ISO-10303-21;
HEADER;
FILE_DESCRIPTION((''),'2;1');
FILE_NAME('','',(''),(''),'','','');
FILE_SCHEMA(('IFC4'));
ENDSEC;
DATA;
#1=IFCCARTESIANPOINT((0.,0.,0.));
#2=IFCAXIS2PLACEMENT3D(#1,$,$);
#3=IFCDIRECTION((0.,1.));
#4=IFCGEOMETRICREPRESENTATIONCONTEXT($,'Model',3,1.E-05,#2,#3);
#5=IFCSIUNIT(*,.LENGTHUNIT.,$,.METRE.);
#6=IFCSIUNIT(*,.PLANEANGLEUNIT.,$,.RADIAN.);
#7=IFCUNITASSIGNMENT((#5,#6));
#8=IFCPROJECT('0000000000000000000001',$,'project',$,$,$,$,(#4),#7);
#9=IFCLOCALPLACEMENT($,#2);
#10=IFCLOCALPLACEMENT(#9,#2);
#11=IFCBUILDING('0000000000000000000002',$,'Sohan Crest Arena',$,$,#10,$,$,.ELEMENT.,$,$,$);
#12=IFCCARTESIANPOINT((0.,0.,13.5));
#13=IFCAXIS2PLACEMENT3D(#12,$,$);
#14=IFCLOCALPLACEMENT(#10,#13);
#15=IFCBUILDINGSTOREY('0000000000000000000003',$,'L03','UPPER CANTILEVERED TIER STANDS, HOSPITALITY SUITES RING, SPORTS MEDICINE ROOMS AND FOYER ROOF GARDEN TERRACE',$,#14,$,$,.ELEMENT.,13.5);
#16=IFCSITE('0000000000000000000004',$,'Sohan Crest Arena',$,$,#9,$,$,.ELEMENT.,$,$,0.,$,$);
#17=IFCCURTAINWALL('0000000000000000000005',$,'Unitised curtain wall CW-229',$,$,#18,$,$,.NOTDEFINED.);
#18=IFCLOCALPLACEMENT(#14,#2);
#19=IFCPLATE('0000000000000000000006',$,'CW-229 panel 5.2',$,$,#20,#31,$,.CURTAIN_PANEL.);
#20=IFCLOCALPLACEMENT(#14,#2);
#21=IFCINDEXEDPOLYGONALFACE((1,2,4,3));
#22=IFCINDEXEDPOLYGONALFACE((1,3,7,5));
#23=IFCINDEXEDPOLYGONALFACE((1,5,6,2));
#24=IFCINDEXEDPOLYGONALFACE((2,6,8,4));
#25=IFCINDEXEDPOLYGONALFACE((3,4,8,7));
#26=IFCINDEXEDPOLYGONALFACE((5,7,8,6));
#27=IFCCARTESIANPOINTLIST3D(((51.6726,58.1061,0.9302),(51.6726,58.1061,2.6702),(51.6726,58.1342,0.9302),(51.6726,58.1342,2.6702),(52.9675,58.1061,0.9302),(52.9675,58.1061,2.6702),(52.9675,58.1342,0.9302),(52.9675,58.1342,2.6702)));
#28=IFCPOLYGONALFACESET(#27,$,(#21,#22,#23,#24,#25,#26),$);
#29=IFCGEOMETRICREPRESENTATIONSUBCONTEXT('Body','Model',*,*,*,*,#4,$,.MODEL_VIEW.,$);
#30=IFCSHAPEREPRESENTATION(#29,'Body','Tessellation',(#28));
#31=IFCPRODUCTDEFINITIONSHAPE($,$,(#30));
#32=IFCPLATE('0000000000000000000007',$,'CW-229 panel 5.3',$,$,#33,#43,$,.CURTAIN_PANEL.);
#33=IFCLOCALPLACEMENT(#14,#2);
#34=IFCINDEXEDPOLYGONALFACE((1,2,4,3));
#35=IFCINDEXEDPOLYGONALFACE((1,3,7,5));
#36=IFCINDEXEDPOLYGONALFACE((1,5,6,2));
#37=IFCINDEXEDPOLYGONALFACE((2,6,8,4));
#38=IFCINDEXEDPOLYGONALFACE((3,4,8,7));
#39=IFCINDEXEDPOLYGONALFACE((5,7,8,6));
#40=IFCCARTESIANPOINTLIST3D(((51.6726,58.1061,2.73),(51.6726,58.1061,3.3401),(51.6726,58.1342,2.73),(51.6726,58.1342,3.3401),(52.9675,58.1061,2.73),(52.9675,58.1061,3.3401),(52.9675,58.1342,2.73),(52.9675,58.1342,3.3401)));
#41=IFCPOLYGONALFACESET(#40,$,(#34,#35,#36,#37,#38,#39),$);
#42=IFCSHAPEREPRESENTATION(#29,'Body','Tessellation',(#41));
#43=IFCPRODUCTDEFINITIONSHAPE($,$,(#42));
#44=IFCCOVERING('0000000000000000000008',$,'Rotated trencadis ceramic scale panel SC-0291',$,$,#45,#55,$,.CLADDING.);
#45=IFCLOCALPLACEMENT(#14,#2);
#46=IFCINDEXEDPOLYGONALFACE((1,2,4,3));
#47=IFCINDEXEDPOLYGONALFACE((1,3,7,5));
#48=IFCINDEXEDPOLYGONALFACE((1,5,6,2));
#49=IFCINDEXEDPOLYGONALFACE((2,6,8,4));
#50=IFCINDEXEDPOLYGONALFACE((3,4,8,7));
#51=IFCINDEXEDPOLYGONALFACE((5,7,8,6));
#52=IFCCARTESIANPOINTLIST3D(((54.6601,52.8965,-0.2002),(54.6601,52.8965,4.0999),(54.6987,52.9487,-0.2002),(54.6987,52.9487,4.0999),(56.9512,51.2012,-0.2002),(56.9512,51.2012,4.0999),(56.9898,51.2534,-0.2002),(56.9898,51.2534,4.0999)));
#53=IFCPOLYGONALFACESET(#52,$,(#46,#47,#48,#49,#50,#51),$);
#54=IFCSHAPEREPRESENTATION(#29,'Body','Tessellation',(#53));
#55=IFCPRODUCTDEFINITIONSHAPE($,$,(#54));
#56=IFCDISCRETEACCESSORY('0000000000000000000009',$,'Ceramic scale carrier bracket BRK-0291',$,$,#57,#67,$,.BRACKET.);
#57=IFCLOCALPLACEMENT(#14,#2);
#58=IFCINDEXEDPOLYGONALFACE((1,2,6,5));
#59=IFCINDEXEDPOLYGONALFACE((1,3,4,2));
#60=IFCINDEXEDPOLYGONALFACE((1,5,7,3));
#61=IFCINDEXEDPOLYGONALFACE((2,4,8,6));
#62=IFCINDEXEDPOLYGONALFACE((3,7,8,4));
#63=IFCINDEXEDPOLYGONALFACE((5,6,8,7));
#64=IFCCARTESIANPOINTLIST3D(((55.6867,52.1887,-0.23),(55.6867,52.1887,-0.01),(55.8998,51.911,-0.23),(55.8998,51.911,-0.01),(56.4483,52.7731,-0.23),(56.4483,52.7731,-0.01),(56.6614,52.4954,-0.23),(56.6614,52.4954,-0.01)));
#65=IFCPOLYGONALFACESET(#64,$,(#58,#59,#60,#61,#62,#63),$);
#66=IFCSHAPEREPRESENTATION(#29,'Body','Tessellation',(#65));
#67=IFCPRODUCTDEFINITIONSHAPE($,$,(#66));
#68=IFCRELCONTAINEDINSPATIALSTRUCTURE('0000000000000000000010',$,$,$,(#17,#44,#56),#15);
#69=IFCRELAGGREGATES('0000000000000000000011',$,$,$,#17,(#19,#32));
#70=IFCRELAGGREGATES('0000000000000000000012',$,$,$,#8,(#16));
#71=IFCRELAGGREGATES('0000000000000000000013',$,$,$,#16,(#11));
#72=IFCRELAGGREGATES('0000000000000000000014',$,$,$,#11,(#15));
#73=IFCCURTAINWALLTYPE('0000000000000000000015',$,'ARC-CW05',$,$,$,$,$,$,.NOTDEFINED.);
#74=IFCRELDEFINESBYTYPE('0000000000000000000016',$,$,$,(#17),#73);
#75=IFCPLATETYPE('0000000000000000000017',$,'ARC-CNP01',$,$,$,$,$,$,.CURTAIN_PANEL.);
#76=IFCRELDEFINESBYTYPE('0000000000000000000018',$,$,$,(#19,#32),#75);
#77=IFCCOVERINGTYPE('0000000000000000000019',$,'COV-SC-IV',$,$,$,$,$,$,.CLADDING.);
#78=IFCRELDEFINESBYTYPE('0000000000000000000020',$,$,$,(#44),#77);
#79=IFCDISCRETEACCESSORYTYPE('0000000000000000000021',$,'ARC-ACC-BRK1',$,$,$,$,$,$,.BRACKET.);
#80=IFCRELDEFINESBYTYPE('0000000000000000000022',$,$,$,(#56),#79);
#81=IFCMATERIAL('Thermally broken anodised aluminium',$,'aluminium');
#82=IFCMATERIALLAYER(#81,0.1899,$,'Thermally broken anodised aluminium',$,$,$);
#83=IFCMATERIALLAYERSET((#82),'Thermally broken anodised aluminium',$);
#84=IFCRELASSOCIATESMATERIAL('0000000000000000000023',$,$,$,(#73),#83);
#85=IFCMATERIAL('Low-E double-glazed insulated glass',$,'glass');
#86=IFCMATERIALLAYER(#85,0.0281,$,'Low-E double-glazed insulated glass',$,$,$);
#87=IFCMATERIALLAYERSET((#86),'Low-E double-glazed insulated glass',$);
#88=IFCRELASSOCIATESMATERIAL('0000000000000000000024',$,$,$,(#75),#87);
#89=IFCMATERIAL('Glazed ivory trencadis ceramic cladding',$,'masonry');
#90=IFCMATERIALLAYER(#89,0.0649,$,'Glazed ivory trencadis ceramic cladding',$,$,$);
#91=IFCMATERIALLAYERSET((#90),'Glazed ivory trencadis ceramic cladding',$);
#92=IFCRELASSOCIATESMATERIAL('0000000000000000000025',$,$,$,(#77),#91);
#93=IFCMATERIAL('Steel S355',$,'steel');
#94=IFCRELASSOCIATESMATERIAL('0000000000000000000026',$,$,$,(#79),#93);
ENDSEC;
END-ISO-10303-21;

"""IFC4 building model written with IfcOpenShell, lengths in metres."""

from ifc_helpers import new_model, si_unit, direction, frame, origin, origin_2d, place, context, subcontext, project, spatial, rectangle, extrude, material, layer, layer_set, type_object, element, aggregate, save


model = new_model("IFC4")

# Units and contexts
model_context = context("Model", 3, precision=1e-05, world=origin(), true_north=direction((0.0, 1.0)))
body_context = subcontext(model_context, "Body", "Model", "MODEL_VIEW")
ifc_project = project(units=[si_unit("LENGTHUNIT", "METRE"), si_unit("PLANEANGLEUNIT", "RADIAN")], contexts=[model_context])

# Site, building, storey
site_placement = place(None, origin())
site = spatial("IfcSite", under=ifc_project, at=site_placement, Name="Sohan Crest Arena", CompositionType="ELEMENT", RefElevation=0.0)
building_placement = place(site_placement, origin())
building = spatial("IfcBuilding", under=site, at=building_placement, Name="Sohan Crest Arena", CompositionType="ELEMENT")
storey_placement = place(building_placement, frame((0.0, 0.0, 13.5)))
storey = spatial("IfcBuildingStorey", under=building, at=storey_placement, Name="L03", Description="UPPER CANTILEVERED TIER STANDS, HOSPITALITY SUITES RING, SPORTS MEDICINE ROOMS AND FOYER ROOF GARDEN TERRACE", CompositionType="ELEMENT", Elevation=13.5)

# Shared definitions
ifc_material_1 = material(Name="Thermally broken anodised aluminium", Category="aluminium")

# Curtain wall
ifc_layer_1 = layer(ifc_material_1, 0.1899, Name="Thermally broken anodised aluminium")
ifc_layer_set_1 = layer_set([ifc_layer_1], Name="Thermally broken anodised aluminium")
curtain_wall_type_1 = type_object("IfcCurtainWallType", Name="ARC-CW05", PredefinedType="NOTDEFINED", material=ifc_layer_set_1)
curtain_wall_1_placement = place(storey_placement, origin())
curtain_wall_1 = element("IfcCurtainWall", 1, at=curtain_wall_1_placement, inside=storey, type_object=curtain_wall_type_1, Name="Unitised curtain wall CW-229", PredefinedType="NOTDEFINED")

# Plates
ifc_material_2 = material(Name="Low-E double-glazed insulated glass", Category="glass")
ifc_layer_2 = layer(ifc_material_2, 0.0281, Name="Low-E double-glazed insulated glass")
ifc_layer_set_2 = layer_set([ifc_layer_2], Name="Low-E double-glazed insulated glass")
plate_type = type_object("IfcPlateType", Name="ARC-CNP01", PredefinedType="CURTAIN_PANEL", material=ifc_layer_set_2)
plate_1_placement = place(storey_placement, frame((52.3201, 58.1201, 0.9302), z_axis=(0.0, 0.0, 1.0), x_axis=(1.0, 0.0, 0.0)))
plate_1 = element("IfcPlate", 2, at=plate_1_placement, type_object=plate_type, Name="CW-229 panel 5.2", PredefinedType="CURTAIN_PANEL", context=body_context, shape_type="SweptSolid", body=[
    extrude(rectangle(XDim=1.2949, YDim=0.0281, at=origin_2d()), origin(), (0.0, 0.0, 1.0), 1.74),
])
plate_2_placement = place(storey_placement, frame((52.3201, 58.1201, 2.73), z_axis=(0.0, 0.0, 1.0), x_axis=(1.0, 0.0, 0.0)))
plate_2 = element("IfcPlate", 3, at=plate_2_placement, type_object=plate_type, Name="CW-229 panel 5.3", PredefinedType="CURTAIN_PANEL", context=body_context, shape_type="SweptSolid", body=[
    extrude(rectangle(XDim=1.2949, YDim=0.0281, at=origin_2d()), origin(), (0.0, 0.0, 1.0), 0.6101),
])
aggregate(curtain_wall_1, [plate_1, plate_2])

# Covering
ifc_material_3 = material(Name="Glazed ivory trencadis ceramic cladding", Category="masonry")
ifc_layer_3 = layer(ifc_material_3, 0.0649, Name="Glazed ivory trencadis ceramic cladding")
ifc_layer_set_3 = layer_set([ifc_layer_3], Name="Glazed ivory trencadis ceramic cladding")
covering_type = type_object("IfcCoveringType", Name="COV-SC-IV", PredefinedType="CLADDING", material=ifc_layer_set_3)
covering_placement = place(storey_placement, frame((55.825, 52.075, -0.2002), z_axis=(0.0, 0.0, 1.0), x_axis=(0.803857, -0.594823, 0.0)))
element("IfcCovering", 4, at=covering_placement, inside=storey, type_object=covering_type, Name="Rotated trencadis ceramic scale panel SC-0291", PredefinedType="CLADDING", context=body_context, shape_type="SweptSolid", body=[
    extrude(rectangle(XDim=2.8501, YDim=0.0649, at=origin_2d()), origin(), (0.0, 0.0, 1.0), 4.3),
])

# Discrete accessory
ifc_material_4 = material(Name="Steel S355", Category="steel")
discrete_accessory_type = type_object("IfcDiscreteAccessoryType", Name="ARC-ACC-BRK1", PredefinedType="BRACKET", material=ifc_material_4)
discrete_accessory_placement = place(storey_placement, frame((56.1741, 52.342, -0.23), z_axis=(0.0, 0.0, 1.0), x_axis=(0.608761, -0.793353, 0.0)))
element("IfcDiscreteAccessory", 5, at=discrete_accessory_placement, inside=storey, type_object=discrete_accessory_type, Name="Ceramic scale carrier bracket BRK-0291", PredefinedType="BRACKET", context=body_context, shape_type="SweptSolid", body=[
    extrude(rectangle(XDim=0.3501, YDim=0.96, at=origin_2d()), origin(), (0.0, 0.0, 1.0), 0.22),
])

save(model, "model.ifc")
